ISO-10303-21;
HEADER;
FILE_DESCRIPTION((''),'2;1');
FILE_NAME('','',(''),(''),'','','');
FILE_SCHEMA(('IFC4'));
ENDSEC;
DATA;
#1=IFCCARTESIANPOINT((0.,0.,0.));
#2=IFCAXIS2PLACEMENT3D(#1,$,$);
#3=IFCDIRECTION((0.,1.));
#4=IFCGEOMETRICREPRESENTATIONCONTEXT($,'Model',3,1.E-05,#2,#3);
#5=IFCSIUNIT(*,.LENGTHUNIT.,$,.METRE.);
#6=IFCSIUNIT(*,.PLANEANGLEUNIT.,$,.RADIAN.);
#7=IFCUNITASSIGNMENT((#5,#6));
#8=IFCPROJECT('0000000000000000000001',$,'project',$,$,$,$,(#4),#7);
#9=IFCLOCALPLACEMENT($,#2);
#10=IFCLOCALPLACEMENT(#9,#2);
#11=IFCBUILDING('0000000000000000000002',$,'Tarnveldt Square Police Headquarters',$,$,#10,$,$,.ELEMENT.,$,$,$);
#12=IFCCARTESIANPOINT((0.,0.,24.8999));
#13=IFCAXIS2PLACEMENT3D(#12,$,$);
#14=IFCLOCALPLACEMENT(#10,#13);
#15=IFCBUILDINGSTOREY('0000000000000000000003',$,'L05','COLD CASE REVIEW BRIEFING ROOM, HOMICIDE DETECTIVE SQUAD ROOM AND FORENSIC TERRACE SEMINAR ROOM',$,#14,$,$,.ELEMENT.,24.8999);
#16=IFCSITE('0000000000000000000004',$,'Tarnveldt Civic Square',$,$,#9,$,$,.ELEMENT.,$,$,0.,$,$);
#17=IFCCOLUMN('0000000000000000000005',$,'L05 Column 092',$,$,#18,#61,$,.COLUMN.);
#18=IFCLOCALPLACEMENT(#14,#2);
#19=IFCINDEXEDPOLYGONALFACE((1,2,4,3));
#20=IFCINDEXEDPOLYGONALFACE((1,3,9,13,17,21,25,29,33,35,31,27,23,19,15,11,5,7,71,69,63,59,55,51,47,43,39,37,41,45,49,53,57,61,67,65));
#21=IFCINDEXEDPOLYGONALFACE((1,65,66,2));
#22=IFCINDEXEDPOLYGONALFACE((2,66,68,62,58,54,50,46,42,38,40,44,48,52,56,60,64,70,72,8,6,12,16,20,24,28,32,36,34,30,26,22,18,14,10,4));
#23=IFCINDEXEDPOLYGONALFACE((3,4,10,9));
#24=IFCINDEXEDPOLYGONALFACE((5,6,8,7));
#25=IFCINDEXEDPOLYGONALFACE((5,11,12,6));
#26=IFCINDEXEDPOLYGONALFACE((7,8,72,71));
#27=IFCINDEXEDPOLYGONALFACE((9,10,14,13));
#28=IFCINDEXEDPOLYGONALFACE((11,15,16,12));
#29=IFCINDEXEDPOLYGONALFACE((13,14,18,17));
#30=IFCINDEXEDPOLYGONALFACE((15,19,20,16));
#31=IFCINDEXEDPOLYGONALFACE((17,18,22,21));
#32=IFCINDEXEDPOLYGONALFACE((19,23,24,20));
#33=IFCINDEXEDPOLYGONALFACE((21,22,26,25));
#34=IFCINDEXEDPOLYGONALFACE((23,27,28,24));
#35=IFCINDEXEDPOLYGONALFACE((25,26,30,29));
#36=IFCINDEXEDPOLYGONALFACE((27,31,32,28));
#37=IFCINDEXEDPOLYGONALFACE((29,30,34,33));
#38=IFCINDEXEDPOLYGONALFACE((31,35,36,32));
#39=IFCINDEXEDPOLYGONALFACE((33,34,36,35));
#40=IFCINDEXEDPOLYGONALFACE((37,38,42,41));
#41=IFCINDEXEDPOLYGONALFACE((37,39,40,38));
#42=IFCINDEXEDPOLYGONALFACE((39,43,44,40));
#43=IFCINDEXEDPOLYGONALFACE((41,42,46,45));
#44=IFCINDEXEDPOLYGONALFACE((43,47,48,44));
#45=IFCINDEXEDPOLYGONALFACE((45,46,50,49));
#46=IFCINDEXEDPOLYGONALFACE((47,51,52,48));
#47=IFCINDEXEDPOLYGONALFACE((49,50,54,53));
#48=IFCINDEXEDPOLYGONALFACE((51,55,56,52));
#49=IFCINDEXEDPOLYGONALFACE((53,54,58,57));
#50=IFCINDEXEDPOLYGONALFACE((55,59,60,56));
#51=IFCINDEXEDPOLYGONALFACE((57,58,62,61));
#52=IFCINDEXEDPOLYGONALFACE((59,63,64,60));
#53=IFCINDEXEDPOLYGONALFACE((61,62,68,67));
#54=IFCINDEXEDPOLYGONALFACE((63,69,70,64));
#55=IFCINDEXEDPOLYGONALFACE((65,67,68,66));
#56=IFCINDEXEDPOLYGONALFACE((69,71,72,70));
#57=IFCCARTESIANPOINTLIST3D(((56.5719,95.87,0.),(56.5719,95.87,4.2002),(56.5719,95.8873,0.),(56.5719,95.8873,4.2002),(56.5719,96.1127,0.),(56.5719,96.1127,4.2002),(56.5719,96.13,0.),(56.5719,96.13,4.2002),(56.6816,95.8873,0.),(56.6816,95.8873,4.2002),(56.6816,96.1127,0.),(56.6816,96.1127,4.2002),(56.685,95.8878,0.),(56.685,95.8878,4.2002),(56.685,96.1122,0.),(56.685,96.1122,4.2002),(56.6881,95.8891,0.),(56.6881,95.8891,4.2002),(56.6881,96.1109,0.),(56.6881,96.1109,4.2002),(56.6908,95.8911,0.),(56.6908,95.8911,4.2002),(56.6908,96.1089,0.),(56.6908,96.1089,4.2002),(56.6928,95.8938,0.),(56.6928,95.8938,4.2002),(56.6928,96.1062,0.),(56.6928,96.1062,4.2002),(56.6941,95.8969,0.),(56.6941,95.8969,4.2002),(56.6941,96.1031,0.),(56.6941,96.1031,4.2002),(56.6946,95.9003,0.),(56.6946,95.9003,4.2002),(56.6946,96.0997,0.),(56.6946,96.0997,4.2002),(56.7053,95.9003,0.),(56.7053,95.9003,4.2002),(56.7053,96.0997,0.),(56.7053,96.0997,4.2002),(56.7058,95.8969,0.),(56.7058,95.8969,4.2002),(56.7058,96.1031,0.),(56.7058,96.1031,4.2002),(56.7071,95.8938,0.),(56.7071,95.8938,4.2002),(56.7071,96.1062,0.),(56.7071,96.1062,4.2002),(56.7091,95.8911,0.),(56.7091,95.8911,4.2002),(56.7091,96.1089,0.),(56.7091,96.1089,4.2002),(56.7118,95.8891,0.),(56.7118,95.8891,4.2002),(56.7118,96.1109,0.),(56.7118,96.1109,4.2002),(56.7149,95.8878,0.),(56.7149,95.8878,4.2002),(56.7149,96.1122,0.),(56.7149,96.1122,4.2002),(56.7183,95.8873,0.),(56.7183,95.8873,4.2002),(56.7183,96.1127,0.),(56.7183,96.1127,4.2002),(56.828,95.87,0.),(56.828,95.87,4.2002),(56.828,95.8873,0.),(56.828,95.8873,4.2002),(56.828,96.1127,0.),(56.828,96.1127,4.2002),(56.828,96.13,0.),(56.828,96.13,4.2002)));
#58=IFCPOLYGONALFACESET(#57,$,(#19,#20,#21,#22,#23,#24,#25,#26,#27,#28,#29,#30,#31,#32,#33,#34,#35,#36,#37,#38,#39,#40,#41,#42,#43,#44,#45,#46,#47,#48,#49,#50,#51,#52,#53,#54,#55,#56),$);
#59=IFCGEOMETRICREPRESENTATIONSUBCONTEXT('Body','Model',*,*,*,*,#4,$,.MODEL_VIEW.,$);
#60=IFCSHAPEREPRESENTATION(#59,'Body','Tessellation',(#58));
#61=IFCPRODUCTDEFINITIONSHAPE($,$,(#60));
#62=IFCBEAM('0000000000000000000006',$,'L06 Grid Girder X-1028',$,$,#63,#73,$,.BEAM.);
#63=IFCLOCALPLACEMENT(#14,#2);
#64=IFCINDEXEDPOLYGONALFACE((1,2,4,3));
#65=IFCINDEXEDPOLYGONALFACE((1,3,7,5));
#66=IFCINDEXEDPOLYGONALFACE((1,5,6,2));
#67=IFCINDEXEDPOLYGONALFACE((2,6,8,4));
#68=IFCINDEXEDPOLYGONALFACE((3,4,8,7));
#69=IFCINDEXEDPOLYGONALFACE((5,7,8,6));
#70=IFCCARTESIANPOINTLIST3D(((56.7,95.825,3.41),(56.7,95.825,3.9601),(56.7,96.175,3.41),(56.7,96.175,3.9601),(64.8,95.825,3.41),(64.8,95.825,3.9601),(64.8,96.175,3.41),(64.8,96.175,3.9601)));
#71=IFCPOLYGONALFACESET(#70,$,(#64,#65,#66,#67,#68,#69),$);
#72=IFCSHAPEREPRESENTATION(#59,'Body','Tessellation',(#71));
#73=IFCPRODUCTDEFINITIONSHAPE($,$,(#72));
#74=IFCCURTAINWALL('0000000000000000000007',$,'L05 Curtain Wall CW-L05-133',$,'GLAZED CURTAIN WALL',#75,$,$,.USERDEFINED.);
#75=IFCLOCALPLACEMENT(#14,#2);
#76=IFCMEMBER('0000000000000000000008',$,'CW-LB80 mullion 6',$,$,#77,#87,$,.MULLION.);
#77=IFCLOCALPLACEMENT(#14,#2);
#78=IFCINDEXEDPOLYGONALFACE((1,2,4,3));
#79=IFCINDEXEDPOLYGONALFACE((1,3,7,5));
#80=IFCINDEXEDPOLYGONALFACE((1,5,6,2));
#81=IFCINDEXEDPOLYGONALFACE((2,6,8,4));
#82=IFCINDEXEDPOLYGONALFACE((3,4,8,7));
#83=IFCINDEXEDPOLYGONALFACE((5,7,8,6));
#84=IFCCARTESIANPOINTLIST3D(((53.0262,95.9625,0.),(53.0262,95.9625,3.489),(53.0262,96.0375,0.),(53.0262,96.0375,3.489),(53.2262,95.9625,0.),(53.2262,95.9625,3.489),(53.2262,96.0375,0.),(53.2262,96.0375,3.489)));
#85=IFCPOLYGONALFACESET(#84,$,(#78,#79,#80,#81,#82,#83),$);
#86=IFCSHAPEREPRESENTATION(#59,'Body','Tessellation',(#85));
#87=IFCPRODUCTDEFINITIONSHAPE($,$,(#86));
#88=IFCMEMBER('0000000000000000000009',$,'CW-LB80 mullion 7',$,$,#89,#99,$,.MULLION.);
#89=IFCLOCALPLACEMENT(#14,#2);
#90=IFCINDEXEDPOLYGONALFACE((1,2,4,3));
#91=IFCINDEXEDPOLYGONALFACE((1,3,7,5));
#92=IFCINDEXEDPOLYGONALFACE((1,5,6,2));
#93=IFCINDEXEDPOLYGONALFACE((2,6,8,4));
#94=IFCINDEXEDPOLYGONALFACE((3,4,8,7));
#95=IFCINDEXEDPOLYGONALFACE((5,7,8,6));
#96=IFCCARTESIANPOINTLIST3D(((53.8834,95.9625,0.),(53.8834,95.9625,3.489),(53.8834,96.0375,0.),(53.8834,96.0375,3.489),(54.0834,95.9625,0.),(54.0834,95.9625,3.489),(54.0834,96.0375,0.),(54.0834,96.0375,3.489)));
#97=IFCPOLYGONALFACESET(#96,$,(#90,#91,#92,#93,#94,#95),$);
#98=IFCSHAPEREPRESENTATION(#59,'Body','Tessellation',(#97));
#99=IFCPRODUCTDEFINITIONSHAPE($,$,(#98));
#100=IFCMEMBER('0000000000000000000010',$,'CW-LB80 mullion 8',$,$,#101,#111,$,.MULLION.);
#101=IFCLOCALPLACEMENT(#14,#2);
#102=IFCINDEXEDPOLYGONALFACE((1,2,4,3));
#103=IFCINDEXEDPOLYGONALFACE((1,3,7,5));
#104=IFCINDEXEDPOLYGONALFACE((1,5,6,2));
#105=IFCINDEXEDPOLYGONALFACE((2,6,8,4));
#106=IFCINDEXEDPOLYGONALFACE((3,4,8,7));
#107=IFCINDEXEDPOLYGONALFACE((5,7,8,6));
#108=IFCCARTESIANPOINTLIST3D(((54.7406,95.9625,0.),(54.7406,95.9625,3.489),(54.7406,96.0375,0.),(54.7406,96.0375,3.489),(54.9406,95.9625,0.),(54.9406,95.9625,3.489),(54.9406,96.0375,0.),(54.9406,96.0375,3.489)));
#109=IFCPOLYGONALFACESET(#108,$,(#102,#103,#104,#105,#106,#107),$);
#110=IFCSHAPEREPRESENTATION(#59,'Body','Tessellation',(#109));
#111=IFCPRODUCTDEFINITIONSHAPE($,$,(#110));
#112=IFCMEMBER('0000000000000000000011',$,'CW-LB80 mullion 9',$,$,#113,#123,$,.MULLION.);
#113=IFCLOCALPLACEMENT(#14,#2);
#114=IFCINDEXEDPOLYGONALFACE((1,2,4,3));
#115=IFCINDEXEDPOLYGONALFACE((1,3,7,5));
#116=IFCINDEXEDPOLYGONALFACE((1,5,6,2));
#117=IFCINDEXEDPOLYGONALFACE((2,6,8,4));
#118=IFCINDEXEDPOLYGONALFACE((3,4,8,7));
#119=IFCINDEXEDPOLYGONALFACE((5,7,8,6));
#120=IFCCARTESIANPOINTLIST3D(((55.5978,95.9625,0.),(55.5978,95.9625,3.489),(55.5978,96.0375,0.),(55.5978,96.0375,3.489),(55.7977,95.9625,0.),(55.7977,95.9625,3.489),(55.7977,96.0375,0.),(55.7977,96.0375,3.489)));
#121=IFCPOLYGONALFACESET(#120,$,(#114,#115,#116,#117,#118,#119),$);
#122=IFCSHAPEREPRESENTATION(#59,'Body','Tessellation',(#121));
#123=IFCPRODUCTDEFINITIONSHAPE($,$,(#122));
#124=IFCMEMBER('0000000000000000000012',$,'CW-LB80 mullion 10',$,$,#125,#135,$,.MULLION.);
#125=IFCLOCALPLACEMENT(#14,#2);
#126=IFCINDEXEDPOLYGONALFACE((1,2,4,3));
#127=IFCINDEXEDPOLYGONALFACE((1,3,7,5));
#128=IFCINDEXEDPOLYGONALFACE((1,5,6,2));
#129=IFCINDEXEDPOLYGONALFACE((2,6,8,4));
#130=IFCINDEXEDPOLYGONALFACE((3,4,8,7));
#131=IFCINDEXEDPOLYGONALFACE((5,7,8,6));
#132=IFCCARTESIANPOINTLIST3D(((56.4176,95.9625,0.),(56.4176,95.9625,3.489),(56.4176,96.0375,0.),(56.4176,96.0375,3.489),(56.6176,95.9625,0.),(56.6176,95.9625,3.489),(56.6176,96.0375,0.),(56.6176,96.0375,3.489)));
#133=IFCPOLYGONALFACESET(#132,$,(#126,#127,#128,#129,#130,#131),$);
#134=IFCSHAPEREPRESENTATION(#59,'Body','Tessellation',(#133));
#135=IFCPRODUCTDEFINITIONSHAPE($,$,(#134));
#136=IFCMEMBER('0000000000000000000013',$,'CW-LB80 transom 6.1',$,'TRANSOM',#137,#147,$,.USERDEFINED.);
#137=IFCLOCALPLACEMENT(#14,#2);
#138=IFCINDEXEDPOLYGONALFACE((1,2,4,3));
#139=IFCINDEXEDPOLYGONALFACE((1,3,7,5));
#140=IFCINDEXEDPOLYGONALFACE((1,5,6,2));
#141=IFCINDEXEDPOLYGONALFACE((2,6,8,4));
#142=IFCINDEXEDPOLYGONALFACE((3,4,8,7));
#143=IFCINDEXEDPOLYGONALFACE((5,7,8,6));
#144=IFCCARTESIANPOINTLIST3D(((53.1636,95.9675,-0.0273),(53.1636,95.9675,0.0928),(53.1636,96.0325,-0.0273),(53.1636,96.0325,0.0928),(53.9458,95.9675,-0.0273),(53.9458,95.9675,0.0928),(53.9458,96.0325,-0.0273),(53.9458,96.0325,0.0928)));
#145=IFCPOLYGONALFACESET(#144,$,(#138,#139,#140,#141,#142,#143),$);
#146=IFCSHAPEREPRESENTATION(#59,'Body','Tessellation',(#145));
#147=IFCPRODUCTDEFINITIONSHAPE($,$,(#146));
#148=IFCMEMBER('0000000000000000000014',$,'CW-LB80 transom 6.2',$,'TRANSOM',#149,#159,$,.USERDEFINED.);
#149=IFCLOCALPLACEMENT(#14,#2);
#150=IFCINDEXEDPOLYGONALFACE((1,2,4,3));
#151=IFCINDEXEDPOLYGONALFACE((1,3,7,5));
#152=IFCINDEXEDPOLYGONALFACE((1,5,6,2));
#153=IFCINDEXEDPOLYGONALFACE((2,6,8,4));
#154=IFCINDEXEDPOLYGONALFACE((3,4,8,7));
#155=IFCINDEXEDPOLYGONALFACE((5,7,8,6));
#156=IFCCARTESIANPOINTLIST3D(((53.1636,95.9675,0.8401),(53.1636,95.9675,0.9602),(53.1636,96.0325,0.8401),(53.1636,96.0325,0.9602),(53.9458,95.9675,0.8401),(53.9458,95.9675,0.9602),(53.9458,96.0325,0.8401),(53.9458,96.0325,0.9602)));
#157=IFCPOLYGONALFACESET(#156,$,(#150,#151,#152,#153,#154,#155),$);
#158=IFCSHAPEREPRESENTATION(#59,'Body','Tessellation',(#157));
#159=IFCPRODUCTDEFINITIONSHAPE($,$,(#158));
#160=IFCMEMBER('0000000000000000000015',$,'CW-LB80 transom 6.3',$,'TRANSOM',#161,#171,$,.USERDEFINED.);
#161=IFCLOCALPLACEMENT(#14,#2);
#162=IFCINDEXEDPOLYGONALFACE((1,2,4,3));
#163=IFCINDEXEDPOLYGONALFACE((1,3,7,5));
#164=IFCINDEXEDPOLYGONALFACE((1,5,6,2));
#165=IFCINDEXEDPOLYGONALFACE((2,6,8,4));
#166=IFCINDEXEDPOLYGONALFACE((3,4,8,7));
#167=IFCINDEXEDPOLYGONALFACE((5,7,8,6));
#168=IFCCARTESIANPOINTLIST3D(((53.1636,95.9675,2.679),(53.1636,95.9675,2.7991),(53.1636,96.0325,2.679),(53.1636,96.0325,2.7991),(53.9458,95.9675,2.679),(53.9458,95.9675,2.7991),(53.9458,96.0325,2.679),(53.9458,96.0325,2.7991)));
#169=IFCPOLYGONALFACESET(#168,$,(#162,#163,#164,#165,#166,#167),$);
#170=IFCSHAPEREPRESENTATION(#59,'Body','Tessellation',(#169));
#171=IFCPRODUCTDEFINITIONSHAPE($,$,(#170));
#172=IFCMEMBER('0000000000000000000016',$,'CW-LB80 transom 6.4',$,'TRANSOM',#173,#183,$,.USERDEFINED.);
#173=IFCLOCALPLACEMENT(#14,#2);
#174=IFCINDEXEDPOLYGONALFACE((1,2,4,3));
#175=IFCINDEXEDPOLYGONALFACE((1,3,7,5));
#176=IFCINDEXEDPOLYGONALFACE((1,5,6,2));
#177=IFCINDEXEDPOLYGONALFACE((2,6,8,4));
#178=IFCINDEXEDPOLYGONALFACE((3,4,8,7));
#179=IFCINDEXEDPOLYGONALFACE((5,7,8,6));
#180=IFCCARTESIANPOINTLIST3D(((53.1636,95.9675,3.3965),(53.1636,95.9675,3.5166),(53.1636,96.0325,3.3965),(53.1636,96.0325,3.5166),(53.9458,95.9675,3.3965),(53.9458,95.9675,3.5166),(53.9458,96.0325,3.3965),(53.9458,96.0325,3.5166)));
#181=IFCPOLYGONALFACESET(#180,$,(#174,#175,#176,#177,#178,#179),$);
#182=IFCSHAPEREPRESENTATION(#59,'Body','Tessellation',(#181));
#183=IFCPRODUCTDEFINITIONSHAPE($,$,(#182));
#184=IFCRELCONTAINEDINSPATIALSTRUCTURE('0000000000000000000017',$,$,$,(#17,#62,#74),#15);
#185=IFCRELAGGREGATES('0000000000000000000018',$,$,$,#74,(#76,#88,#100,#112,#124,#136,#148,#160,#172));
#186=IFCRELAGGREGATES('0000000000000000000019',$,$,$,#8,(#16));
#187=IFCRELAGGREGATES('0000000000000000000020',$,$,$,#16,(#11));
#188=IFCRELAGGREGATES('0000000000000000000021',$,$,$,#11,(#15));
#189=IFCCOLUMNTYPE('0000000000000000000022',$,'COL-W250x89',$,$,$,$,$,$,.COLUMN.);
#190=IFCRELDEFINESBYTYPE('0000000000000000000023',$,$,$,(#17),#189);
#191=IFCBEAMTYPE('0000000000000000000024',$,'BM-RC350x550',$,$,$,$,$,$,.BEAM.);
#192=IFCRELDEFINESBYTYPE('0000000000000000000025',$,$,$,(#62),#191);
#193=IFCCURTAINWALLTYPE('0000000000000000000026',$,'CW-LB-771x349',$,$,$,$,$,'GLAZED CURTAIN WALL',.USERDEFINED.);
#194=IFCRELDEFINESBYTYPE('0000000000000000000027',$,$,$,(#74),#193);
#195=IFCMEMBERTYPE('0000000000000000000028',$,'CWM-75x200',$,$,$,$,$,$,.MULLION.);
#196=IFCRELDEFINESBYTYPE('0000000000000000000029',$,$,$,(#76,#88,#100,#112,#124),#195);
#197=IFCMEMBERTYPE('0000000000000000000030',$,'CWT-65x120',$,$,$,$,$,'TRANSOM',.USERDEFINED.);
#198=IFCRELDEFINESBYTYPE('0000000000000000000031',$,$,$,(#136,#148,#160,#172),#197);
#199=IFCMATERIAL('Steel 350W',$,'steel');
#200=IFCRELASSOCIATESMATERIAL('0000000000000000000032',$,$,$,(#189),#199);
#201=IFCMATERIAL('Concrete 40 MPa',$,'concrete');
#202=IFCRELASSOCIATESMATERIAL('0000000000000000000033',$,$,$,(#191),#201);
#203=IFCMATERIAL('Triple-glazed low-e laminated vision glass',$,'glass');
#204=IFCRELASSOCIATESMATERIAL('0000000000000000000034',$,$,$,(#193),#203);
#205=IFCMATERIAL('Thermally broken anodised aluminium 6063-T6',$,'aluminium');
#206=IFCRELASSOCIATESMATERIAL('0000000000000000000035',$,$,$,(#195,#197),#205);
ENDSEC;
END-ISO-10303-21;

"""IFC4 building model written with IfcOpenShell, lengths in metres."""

from ifc_helpers import new_model, si_unit, direction, frame, origin, origin_2d, place, context, subcontext, project, spatial, rectangle, i_section, extrude, material, material_profile, profile_set, type_object, element, aggregate, save


model = new_model("IFC4")

# Units and contexts
model_context = context("Model", 3, precision=1e-05, world=origin(), true_north=direction((0.0, 1.0)))
body_context = subcontext(model_context, "Body", "Model", "MODEL_VIEW")
ifc_project = project(units=[si_unit("LENGTHUNIT", "METRE"), si_unit("PLANEANGLEUNIT", "RADIAN")], contexts=[model_context])

# Site, building, storey
site_placement = place(None, origin())
site = spatial("IfcSite", under=ifc_project, at=site_placement, Name="Tarnveldt Civic Square", CompositionType="ELEMENT", RefElevation=0.0)
building_placement = place(site_placement, origin())
building = spatial("IfcBuilding", under=site, at=building_placement, Name="Tarnveldt Square Police Headquarters", CompositionType="ELEMENT")
storey_placement = place(building_placement, frame((0.0, 0.0, 24.8999)))
storey = spatial("IfcBuildingStorey", under=building, at=storey_placement, Name="L05", Description="COLD CASE REVIEW BRIEFING ROOM, HOMICIDE DETECTIVE SQUAD ROOM AND FORENSIC TERRACE SEMINAR ROOM", CompositionType="ELEMENT", Elevation=24.8999)

# Column
ifc_material_1 = material(Name="Steel 350W", Category="steel")
ifc_material_profile_1 = material_profile(ifc_material_1, i_section(OverallWidth=0.2561, OverallDepth=0.26, WebThickness=0.0107, FlangeThickness=0.0173, FilletRadius=0.0129, at=origin_2d()), Name="W250x89")
ifc_profile_set_1 = profile_set([ifc_material_profile_1], Name="Steel 350W")
column_type = type_object("IfcColumnType", Name="COL-W250x89", PredefinedType="COLUMN", material=ifc_profile_set_1)
column_placement = place(storey_placement, frame((56.7, 96.0, 0.0), z_axis=(0.0, 0.0, 1.0), x_axis=(1.0, 0.0, 0.0)))
element("IfcColumn", 1, at=column_placement, inside=storey, type_object=column_type, Name="L05 Column 092", PredefinedType="COLUMN", context=body_context, shape_type="SweptSolid", body=[
    extrude(i_section(OverallWidth=0.2561, OverallDepth=0.26, WebThickness=0.0107, FlangeThickness=0.0173, FilletRadius=0.0129, at=origin_2d()), origin(), (0.0, 0.0, 1.0), 4.2002),
])

# Beam
ifc_material_2 = material(Name="Concrete 40 MPa", Category="concrete")
ifc_material_profile_2 = material_profile(ifc_material_2, rectangle(XDim=0.3501, YDim=0.55, at=origin_2d()), Name="RC-B350x550")
ifc_profile_set_2 = profile_set([ifc_material_profile_2], Name="Concrete 40 MPa")
beam_type = type_object("IfcBeamType", Name="BM-RC350x550", PredefinedType="BEAM", material=ifc_profile_set_2)
beam_placement = place(storey_placement, frame((56.7, 96.0, 3.6851), z_axis=(1.0, 0.0, 0.0), x_axis=(0.0, 1.0, 0.0)))
element("IfcBeam", 2, at=beam_placement, inside=storey, type_object=beam_type, Name="L06 Grid Girder X-1028", PredefinedType="BEAM", context=body_context, shape_type="SweptSolid", body=[
    extrude(rectangle(XDim=0.3501, YDim=0.55, at=origin_2d()), origin(), (0.0, 0.0, 1.0), 8.1001),
])

# Curtain wall, members
ifc_material_3 = material(Name="Triple-glazed low-e laminated vision glass", Category="glass")
curtain_wall_type = type_object("IfcCurtainWallType", Name="CW-LB-771x349", ElementType="GLAZED CURTAIN WALL", PredefinedType="USERDEFINED", material=ifc_material_3)
curtain_wall_placement = place(storey_placement, origin())
curtain_wall = element("IfcCurtainWall", 3, at=curtain_wall_placement, inside=storey, type_object=curtain_wall_type, Name="L05 Curtain Wall CW-L05-133", ObjectType="GLAZED CURTAIN WALL", PredefinedType="USERDEFINED")
ifc_material_4 = material(Name="Thermally broken anodised aluminium 6063-T6", Category="aluminium")
ifc_material_profile_3 = material_profile(ifc_material_4, rectangle(XDim=0.075, YDim=0.2, at=origin_2d()), Name="CW-M75x200")
ifc_profile_set_3 = profile_set([ifc_material_profile_3], Name="Thermally broken anodised aluminium 6063-T6")
member_type_1 = type_object("IfcMemberType", Name="CWM-75x200", PredefinedType="MULLION", material=ifc_profile_set_3)
member_1_placement = place(storey_placement, frame((53.1262, 96.0, 0.0), z_axis=(0.0, 0.0, 1.0), x_axis=(0.0, 1.0, 0.0)))
member_1 = element("IfcMember", 4, at=member_1_placement, type_object=member_type_1, Name="CW-LB80 mullion 6", PredefinedType="MULLION", context=body_context, shape_type="SweptSolid", body=[
    extrude(rectangle(XDim=0.075, YDim=0.2, at=origin_2d()), origin(), (0.0, 0.0, 1.0), 3.489),
])
member_2_placement = place(storey_placement, frame((53.9834, 96.0, 0.0), z_axis=(0.0, 0.0, 1.0), x_axis=(0.0, 1.0, 0.0)))
member_2 = element("IfcMember", 5, at=member_2_placement, type_object=member_type_1, Name="CW-LB80 mullion 7", PredefinedType="MULLION", context=body_context, shape_type="SweptSolid", body=[
    extrude(rectangle(XDim=0.075, YDim=0.2, at=origin_2d()), origin(), (0.0, 0.0, 1.0), 3.489),
])
member_3_placement = place(storey_placement, frame((54.8406, 96.0, 0.0), z_axis=(0.0, 0.0, 1.0), x_axis=(0.0, 1.0, 0.0)))
member_3 = element("IfcMember", 6, at=member_3_placement, type_object=member_type_1, Name="CW-LB80 mullion 8", PredefinedType="MULLION", context=body_context, shape_type="SweptSolid", body=[
    extrude(rectangle(XDim=0.075, YDim=0.2, at=origin_2d()), origin(), (0.0, 0.0, 1.0), 3.489),
])
member_4_placement = place(storey_placement, frame((55.6978, 96.0, 0.0), z_axis=(0.0, 0.0, 1.0), x_axis=(0.0, 1.0, 0.0)))
member_4 = element("IfcMember", 7, at=member_4_placement, type_object=member_type_1, Name="CW-LB80 mullion 9", PredefinedType="MULLION", context=body_context, shape_type="SweptSolid", body=[
    extrude(rectangle(XDim=0.075, YDim=0.2, at=origin_2d()), origin(), (0.0, 0.0, 1.0), 3.489),
])
member_5_placement = place(storey_placement, frame((56.5176, 96.0, 0.0), z_axis=(0.0, 0.0, 1.0), x_axis=(0.0, 1.0, 0.0)))
member_5 = element("IfcMember", 8, at=member_5_placement, type_object=member_type_1, Name="CW-LB80 mullion 10", PredefinedType="MULLION", context=body_context, shape_type="SweptSolid", body=[
    extrude(rectangle(XDim=0.075, YDim=0.2, at=origin_2d()), origin(), (0.0, 0.0, 1.0), 3.489),
])
ifc_material_profile_4 = material_profile(ifc_material_4, rectangle(XDim=0.0649, YDim=0.1201, at=origin_2d()), Name="CW-T65x120")
ifc_profile_set_4 = profile_set([ifc_material_profile_4], Name="Thermally broken anodised aluminium 6063-T6")
member_type_2 = type_object("IfcMemberType", Name="CWT-65x120", ElementType="TRANSOM", PredefinedType="USERDEFINED", material=ifc_profile_set_4)
member_6_placement = place(storey_placement, frame((53.1636, 96.0, 0.0327), z_axis=(1.0, 0.0, 0.0), x_axis=(0.0, 1.0, 0.0)))
member_6 = element("IfcMember", 9, at=member_6_placement, type_object=member_type_2, Name="CW-LB80 transom 6.1", ObjectType="TRANSOM", PredefinedType="USERDEFINED", context=body_context, shape_type="SweptSolid", body=[
    extrude(rectangle(XDim=0.0649, YDim=0.1201, at=origin_2d()), origin(), (0.0, 0.0, 1.0), 0.7822),
])
member_7_placement = place(storey_placement, frame((53.1636, 96.0, 0.9001), z_axis=(1.0, 0.0, 0.0), x_axis=(0.0, 1.0, 0.0)))
member_7 = element("IfcMember", 10, at=member_7_placement, type_object=member_type_2, Name="CW-LB80 transom 6.2", ObjectType="TRANSOM", PredefinedType="USERDEFINED", context=body_context, shape_type="SweptSolid", body=[
    extrude(rectangle(XDim=0.0649, YDim=0.1201, at=origin_2d()), origin(), (0.0, 0.0, 1.0), 0.7822),
])
member_8_placement = place(storey_placement, frame((53.1636, 96.0, 2.739), z_axis=(1.0, 0.0, 0.0), x_axis=(0.0, 1.0, 0.0)))
member_8 = element("IfcMember", 11, at=member_8_placement, type_object=member_type_2, Name="CW-LB80 transom 6.3", ObjectType="TRANSOM", PredefinedType="USERDEFINED", context=body_context, shape_type="SweptSolid", body=[
    extrude(rectangle(XDim=0.0649, YDim=0.1201, at=origin_2d()), origin(), (0.0, 0.0, 1.0), 0.7822),
])
member_9_placement = place(storey_placement, frame((53.1636, 96.0, 3.4565), z_axis=(1.0, 0.0, 0.0), x_axis=(0.0, 1.0, 0.0)))
member_9 = element("IfcMember", 12, at=member_9_placement, type_object=member_type_2, Name="CW-LB80 transom 6.4", ObjectType="TRANSOM", PredefinedType="USERDEFINED", context=body_context, shape_type="SweptSolid", body=[
    extrude(rectangle(XDim=0.0649, YDim=0.1201, at=origin_2d()), origin(), (0.0, 0.0, 1.0), 0.7822),
])
aggregate(curtain_wall, [member_1, member_2, member_3, member_4, member_5, member_6, member_7, member_8, member_9])

save(model, "model.ifc")
